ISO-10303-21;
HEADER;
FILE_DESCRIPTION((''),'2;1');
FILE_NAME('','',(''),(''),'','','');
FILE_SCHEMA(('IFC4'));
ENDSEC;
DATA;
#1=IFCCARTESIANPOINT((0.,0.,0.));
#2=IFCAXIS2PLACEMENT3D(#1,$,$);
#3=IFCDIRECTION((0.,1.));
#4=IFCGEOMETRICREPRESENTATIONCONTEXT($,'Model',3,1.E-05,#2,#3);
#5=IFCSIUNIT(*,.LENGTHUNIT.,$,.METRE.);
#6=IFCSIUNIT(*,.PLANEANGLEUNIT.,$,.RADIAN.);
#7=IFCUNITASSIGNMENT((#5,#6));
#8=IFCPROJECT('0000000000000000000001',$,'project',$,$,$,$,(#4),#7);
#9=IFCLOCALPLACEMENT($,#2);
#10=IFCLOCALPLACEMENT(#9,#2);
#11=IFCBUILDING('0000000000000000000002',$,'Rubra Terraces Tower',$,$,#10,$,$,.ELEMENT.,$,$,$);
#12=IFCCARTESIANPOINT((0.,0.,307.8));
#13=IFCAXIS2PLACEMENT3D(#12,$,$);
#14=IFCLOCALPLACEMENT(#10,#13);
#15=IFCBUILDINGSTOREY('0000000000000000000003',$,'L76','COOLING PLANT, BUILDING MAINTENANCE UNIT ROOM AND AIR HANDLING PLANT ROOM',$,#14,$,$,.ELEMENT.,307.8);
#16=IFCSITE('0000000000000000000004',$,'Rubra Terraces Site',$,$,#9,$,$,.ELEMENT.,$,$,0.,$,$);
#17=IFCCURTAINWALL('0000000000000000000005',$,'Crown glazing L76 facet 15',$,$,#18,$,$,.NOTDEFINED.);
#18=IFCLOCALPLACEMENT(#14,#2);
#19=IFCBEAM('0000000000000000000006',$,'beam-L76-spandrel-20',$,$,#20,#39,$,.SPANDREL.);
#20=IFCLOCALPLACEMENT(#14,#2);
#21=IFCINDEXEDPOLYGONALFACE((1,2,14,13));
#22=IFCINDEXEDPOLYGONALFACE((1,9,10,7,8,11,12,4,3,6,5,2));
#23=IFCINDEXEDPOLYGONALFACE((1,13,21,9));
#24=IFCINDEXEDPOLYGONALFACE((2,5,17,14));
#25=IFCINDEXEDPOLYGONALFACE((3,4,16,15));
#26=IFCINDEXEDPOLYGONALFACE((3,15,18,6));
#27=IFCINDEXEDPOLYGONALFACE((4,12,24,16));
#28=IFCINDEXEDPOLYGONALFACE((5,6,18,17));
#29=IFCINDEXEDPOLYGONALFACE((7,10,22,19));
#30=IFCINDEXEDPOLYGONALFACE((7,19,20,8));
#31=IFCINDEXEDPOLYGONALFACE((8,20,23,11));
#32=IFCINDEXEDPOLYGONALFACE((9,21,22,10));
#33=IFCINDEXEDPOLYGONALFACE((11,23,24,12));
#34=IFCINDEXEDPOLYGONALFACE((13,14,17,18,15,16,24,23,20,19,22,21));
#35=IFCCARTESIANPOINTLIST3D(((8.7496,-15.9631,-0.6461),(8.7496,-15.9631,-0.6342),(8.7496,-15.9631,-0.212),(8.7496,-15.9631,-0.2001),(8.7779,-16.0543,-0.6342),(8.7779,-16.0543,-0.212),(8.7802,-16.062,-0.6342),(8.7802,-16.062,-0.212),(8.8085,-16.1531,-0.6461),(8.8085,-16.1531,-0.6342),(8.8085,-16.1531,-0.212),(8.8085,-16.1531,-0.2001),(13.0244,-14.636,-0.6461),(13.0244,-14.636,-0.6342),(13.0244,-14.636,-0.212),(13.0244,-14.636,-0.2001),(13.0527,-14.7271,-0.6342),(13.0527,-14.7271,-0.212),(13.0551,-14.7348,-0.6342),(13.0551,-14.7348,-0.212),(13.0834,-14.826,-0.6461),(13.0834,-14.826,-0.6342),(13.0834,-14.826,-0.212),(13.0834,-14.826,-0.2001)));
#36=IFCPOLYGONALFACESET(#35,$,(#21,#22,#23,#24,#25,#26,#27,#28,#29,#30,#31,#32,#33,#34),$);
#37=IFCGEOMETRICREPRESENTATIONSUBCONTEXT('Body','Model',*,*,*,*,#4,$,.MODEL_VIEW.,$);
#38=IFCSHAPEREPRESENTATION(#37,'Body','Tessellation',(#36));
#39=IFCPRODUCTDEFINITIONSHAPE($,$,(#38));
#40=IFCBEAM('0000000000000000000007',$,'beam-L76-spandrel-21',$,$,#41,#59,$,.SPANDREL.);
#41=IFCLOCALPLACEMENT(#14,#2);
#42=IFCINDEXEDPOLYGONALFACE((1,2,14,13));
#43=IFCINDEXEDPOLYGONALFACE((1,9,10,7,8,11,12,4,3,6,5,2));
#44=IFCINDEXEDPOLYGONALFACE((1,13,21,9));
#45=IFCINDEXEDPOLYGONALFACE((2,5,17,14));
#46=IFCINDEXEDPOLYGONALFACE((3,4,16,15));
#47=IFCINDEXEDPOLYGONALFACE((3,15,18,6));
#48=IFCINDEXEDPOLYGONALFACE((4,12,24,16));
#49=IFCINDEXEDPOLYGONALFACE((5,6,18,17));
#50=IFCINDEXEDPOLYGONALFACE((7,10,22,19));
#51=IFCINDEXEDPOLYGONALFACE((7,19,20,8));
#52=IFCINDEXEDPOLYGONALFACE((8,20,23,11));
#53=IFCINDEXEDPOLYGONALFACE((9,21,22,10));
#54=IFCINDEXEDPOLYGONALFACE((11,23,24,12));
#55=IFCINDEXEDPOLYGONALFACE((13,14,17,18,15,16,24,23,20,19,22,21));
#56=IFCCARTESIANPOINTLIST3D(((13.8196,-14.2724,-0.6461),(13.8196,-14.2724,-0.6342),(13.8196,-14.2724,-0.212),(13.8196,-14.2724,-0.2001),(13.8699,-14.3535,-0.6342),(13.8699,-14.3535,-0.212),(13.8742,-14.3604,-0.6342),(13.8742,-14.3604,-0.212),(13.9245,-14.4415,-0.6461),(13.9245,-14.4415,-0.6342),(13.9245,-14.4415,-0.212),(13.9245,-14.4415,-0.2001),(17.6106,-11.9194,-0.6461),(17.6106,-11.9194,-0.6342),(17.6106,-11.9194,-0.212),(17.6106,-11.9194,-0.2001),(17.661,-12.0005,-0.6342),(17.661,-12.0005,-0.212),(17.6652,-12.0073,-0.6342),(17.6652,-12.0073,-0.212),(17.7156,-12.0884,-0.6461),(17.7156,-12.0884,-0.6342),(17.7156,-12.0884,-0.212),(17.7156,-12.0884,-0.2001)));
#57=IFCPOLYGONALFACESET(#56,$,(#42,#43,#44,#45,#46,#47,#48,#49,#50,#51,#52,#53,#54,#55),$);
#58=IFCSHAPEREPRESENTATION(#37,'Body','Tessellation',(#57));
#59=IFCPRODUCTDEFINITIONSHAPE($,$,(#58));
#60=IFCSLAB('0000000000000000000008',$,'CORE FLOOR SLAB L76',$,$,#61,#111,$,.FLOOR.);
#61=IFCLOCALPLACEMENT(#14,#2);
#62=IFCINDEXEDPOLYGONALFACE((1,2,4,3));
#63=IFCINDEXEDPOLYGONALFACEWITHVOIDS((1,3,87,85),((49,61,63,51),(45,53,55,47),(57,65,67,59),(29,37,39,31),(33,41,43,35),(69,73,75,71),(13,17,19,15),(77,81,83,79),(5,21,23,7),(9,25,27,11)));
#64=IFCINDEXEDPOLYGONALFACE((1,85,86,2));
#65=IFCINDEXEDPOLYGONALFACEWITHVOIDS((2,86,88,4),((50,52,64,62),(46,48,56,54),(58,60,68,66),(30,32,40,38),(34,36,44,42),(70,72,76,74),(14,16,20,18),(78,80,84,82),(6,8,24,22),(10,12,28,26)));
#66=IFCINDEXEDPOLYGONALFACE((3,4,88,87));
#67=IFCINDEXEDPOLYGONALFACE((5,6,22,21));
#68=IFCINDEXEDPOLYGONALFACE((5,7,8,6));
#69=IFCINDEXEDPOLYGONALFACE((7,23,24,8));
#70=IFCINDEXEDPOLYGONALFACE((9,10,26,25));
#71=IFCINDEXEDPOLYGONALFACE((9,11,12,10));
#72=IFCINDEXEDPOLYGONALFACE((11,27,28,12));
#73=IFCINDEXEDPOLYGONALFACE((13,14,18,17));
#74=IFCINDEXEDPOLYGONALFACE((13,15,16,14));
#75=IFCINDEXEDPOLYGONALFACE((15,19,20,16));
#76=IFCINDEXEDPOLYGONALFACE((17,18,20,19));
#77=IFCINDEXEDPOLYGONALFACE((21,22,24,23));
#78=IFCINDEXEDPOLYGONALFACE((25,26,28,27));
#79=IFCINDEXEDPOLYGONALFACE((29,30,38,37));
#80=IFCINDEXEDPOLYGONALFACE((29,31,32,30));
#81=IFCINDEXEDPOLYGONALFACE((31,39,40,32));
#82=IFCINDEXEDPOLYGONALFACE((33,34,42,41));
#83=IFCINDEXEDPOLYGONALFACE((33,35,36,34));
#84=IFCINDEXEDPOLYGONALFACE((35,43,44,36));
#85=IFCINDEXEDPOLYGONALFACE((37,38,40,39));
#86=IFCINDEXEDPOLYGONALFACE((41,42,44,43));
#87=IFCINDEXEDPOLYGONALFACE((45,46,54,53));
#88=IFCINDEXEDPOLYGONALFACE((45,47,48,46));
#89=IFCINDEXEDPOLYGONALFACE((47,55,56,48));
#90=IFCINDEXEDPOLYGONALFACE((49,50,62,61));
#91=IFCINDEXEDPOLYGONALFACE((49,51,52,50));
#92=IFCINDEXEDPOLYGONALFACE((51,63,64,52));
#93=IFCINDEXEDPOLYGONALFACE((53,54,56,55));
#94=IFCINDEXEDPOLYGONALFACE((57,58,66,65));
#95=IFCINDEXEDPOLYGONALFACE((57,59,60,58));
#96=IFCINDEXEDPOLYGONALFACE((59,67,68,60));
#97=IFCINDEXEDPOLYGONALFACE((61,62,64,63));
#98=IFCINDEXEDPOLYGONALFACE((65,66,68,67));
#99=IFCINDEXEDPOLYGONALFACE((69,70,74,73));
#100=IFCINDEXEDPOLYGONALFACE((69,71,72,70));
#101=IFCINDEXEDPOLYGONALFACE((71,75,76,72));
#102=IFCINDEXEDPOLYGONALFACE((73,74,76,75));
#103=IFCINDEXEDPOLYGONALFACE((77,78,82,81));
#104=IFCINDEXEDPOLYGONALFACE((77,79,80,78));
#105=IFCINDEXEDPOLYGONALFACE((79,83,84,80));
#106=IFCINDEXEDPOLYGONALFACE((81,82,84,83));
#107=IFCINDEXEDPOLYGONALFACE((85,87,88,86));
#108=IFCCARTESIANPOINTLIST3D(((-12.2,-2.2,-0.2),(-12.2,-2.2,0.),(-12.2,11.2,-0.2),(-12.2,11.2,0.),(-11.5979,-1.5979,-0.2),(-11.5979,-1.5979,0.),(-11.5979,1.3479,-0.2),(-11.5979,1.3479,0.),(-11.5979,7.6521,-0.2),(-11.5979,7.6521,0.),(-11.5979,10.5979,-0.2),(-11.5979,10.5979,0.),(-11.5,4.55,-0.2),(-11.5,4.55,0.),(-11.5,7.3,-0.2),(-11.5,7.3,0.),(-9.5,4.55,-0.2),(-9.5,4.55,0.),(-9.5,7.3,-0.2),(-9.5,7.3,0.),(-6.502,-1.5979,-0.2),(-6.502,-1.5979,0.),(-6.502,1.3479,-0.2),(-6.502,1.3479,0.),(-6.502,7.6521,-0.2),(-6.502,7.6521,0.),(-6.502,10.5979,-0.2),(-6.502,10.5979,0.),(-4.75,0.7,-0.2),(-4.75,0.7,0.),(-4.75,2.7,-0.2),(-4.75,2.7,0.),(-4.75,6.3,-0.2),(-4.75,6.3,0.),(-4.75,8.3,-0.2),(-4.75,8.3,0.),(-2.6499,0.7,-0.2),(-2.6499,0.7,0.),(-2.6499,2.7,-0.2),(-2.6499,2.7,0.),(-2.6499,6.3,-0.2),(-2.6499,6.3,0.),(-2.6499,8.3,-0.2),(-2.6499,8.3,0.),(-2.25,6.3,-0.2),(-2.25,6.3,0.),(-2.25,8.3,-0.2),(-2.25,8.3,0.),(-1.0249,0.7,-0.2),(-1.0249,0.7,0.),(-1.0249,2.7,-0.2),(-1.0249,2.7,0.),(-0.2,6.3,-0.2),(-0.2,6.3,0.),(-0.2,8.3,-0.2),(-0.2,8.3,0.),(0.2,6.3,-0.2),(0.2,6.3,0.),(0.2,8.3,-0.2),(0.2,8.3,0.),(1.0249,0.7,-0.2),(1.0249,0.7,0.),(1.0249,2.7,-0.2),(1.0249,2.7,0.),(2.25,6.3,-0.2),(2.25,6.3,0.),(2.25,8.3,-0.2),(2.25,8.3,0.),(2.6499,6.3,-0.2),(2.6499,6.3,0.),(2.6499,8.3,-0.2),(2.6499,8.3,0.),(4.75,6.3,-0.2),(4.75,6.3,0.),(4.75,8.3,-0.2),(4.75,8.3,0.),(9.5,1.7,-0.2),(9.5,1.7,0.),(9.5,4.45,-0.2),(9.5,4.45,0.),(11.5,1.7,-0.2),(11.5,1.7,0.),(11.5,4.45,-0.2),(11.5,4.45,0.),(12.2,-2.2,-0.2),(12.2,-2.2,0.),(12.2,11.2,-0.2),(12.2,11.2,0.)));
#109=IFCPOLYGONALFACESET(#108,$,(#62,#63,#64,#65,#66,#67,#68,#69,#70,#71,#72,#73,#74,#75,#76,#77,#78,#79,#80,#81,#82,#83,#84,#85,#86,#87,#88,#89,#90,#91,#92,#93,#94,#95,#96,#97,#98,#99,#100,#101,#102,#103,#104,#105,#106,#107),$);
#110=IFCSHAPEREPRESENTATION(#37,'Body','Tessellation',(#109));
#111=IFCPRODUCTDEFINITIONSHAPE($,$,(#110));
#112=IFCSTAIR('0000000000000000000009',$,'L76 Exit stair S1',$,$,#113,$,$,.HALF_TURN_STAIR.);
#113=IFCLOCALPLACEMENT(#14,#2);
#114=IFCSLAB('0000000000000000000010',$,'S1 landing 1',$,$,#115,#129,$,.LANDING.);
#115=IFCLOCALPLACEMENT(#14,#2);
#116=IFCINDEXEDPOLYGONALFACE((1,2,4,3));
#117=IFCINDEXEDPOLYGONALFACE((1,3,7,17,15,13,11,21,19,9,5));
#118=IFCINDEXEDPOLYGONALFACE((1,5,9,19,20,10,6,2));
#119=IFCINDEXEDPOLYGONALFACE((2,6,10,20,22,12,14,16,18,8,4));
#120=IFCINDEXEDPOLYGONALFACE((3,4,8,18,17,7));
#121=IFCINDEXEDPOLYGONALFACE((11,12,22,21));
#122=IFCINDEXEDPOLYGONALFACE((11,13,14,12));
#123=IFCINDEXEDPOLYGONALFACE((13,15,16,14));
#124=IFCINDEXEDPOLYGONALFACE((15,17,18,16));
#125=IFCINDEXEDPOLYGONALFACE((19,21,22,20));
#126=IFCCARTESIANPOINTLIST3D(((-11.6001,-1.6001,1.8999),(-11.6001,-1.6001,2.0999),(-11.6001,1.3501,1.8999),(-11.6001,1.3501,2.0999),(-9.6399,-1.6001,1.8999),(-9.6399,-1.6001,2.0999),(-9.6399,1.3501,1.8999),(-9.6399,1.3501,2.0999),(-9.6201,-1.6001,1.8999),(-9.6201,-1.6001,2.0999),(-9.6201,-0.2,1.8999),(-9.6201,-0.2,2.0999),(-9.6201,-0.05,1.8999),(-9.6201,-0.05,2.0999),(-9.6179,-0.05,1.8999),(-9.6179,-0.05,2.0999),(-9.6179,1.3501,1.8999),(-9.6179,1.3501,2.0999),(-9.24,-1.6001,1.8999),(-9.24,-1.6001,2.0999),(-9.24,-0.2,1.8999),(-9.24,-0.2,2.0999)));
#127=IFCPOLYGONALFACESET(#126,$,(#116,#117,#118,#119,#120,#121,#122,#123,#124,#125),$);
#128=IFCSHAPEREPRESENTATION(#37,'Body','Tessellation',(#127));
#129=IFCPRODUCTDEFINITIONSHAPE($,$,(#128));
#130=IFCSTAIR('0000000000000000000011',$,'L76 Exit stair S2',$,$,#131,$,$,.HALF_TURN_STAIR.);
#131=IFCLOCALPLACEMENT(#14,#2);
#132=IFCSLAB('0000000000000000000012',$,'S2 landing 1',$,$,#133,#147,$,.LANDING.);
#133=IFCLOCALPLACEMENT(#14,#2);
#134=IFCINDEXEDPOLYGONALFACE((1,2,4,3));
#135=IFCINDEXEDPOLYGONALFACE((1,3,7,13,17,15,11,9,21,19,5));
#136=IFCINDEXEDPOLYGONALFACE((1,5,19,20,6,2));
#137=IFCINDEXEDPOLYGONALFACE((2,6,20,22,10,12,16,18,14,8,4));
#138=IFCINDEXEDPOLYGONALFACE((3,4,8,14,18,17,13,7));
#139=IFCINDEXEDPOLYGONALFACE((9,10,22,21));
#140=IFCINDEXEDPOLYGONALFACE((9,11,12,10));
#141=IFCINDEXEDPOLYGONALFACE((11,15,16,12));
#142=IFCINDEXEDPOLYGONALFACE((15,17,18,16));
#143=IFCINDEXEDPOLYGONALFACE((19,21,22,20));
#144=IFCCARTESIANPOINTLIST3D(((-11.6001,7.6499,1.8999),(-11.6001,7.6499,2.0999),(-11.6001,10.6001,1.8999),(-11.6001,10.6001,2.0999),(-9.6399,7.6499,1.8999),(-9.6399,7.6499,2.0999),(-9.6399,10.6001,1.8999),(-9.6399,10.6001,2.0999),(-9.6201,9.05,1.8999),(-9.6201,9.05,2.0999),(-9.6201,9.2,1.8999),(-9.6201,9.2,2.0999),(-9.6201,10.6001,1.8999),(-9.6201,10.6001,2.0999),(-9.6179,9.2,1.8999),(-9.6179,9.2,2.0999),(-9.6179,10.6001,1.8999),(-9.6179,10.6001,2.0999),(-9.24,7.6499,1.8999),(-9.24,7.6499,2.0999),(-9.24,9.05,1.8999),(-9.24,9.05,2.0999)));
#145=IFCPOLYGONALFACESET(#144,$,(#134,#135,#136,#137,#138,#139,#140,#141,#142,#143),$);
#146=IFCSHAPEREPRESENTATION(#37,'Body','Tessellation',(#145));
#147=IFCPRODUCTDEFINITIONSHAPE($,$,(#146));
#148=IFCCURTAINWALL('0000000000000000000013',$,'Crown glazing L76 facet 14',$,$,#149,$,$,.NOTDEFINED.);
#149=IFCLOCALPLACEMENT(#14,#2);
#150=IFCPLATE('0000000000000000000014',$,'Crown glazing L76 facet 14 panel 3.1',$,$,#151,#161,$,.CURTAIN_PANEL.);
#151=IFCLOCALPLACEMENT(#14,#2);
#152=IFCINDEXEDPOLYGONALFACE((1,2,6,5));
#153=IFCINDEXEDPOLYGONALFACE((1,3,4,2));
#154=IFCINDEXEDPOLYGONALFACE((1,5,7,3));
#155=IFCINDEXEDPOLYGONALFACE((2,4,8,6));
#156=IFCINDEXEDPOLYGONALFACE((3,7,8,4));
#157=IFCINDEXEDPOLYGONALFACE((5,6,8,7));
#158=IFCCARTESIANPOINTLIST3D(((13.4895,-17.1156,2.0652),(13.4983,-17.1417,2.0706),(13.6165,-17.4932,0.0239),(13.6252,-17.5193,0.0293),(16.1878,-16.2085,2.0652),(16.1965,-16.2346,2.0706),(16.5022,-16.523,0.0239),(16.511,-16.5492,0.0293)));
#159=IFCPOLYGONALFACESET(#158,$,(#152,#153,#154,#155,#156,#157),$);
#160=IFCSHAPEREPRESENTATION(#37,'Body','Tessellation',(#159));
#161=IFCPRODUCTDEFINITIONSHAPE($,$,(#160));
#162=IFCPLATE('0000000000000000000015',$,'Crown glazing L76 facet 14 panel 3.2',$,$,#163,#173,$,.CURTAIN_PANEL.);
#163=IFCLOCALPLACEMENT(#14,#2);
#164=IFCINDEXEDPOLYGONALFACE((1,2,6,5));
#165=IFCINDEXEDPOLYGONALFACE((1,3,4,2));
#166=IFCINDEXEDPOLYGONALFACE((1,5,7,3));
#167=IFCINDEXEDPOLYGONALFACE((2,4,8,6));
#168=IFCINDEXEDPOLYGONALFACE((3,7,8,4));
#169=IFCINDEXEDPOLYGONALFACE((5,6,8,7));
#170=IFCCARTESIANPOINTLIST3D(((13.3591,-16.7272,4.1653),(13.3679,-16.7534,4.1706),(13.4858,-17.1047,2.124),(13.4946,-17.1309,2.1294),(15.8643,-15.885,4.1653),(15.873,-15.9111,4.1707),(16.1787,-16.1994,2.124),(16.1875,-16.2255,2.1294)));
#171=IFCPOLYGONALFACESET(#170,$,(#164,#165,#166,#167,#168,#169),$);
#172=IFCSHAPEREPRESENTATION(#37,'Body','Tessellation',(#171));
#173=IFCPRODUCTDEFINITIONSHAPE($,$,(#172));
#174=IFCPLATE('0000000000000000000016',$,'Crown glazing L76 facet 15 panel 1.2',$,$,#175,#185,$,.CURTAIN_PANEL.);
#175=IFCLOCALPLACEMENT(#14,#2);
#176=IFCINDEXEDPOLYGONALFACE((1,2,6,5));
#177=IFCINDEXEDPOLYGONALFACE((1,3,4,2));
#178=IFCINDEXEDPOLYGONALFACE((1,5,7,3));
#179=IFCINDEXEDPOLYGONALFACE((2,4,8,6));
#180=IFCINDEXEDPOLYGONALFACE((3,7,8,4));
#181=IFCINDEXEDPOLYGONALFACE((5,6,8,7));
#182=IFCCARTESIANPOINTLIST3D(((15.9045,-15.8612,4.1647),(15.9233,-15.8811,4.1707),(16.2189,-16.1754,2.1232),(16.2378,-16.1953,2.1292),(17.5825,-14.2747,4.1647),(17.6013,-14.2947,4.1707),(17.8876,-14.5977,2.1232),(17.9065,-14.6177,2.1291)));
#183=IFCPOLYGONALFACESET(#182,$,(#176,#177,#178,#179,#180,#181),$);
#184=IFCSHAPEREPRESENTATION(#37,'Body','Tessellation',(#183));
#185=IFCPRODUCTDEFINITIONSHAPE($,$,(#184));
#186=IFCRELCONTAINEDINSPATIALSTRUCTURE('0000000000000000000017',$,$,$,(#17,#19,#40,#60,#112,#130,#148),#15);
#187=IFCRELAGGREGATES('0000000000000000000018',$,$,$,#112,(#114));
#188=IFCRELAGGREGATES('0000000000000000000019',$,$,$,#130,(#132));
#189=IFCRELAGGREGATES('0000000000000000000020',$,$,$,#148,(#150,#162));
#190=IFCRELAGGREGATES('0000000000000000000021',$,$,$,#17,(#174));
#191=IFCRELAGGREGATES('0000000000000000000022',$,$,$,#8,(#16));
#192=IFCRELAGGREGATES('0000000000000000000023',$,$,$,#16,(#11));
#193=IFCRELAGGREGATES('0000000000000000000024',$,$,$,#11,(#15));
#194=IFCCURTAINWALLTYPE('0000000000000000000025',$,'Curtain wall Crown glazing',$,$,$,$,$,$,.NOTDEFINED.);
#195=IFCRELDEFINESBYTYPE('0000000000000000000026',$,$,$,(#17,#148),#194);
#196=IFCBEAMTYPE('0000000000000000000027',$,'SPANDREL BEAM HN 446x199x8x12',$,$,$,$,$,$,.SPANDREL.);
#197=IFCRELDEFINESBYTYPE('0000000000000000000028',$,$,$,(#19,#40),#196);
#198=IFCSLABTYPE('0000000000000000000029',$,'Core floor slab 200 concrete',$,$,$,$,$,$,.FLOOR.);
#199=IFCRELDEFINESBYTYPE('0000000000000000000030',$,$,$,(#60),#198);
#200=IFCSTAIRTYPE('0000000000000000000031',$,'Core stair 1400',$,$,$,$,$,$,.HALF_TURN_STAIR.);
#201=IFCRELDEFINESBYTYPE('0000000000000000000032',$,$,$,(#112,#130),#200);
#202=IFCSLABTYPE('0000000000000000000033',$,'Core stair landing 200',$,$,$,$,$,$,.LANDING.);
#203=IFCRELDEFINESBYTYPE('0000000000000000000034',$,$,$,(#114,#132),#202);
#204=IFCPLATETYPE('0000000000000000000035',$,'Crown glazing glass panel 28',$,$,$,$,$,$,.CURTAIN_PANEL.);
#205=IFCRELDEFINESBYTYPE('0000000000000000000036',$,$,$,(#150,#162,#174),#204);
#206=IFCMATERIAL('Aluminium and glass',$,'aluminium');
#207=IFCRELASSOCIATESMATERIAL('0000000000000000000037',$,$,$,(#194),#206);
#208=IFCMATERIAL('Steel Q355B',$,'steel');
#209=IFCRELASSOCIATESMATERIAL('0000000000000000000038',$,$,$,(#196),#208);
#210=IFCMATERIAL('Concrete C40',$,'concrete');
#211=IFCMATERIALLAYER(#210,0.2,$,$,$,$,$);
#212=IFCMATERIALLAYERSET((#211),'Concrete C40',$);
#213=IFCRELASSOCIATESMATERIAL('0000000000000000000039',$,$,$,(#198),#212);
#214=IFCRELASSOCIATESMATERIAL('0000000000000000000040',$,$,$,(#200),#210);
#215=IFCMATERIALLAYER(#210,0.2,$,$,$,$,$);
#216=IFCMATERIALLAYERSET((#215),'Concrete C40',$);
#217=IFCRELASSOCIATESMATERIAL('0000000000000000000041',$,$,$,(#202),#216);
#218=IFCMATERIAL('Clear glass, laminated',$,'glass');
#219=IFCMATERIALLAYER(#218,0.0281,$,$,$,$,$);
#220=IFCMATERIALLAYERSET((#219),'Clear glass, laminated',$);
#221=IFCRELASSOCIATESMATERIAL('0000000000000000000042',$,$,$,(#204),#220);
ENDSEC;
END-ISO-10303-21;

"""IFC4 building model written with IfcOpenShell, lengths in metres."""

from ifc_helpers import new_model, si_unit, direction, frame, origin, origin_2d, place, context, subcontext, project, spatial, polyline, i_section, outline, extrude, material, layer, layer_set, material_profile, profile_set, type_object, element, aggregate, save


model = new_model("IFC4")

# Units and contexts
model_context = context("Model", 3, precision=1e-05, world=origin(), true_north=direction((0.0, 1.0)))
body_context = subcontext(model_context, "Body", "Model", "MODEL_VIEW")
ifc_project = project(units=[si_unit("LENGTHUNIT", "METRE"), si_unit("PLANEANGLEUNIT", "RADIAN")], contexts=[model_context])

# Site, building, storey
site_placement = place(None, origin())
site = spatial("IfcSite", under=ifc_project, at=site_placement, Name="Rubra Terraces Site", CompositionType="ELEMENT", RefElevation=0.0)
building_placement = place(site_placement, origin())
building = spatial("IfcBuilding", under=site, at=building_placement, Name="Rubra Terraces Tower", CompositionType="ELEMENT")
storey_placement = place(building_placement, frame((0.0, 0.0, 307.8)))
storey = spatial("IfcBuildingStorey", under=building, at=storey_placement, Name="L76", Description="COOLING PLANT, BUILDING MAINTENANCE UNIT ROOM AND AIR HANDLING PLANT ROOM", CompositionType="ELEMENT", Elevation=307.8)

# Shared definitions
ifc_material_1 = material(Name="Steel Q355B", Category="steel")

# Curtain wall
ifc_material_2 = material(Name="Aluminium and glass", Category="aluminium")
curtain_wall_type = type_object("IfcCurtainWallType", Name="Curtain wall Crown glazing", PredefinedType="NOTDEFINED", material=ifc_material_2)
curtain_wall_1_placement = place(storey_placement, origin())
curtain_wall_1 = element("IfcCurtainWall", 1, at=curtain_wall_1_placement, inside=storey, type_object=curtain_wall_type, Name="Crown glazing L76 facet 15", PredefinedType="NOTDEFINED")

# Beams
ifc_material_profile_1 = material_profile(ifc_material_1, i_section(OverallWidth=0.199, OverallDepth=0.446, WebThickness=0.0081, FlangeThickness=0.012, at=origin_2d()), Name="HN 446x199x8x12")
ifc_profile_set_1 = profile_set([ifc_material_profile_1], Name="Steel Q355B")
beam_type_1 = type_object("IfcBeamType", Name="SPANDREL BEAM HN 446x199x8x12", PredefinedType="SPANDREL", material=ifc_profile_set_1)
beam_1_placement = place(storey_placement, frame((8.7791, -16.0581, -0.4231), z_axis=(0.955035, 0.296492, 0.0), x_axis=(-0.296492, 0.955035, 0.0)))
element("IfcBeam", 2, at=beam_1_placement, inside=storey, type_object=beam_type_1, Name="beam-L76-spandrel-20", PredefinedType="SPANDREL", context=body_context, shape_type="SweptSolid", body=[
    extrude(i_section(OverallWidth=0.199, OverallDepth=0.446, WebThickness=0.0081, FlangeThickness=0.012, at=origin_2d()), origin(), (0.0, 0.0, 1.0), 4.4761),
])
beam_2_placement = place(storey_placement, frame((13.8721, -14.3569, -0.4231), z_axis=(0.849642, 0.52736, 0.0), x_axis=(-0.52736, 0.849642, 0.0)))
element("IfcBeam", 3, at=beam_2_placement, inside=storey, type_object=beam_type_1, Name="beam-L76-spandrel-21", PredefinedType="SPANDREL", context=body_context, shape_type="SweptSolid", body=[
    extrude(i_section(OverallWidth=0.199, OverallDepth=0.446, WebThickness=0.0081, FlangeThickness=0.012, at=origin_2d()), origin(), (0.0, 0.0, 1.0), 4.4619),
])

# Slab
ifc_material_3 = material(Name="Concrete C40", Category="concrete")
ifc_layer_1 = layer(ifc_material_3, 0.2)
ifc_layer_set_1 = layer_set([ifc_layer_1], Name="Concrete C40")
slab_type_1 = type_object("IfcSlabType", Name="Core floor slab 200 concrete", PredefinedType="FLOOR", material=ifc_layer_set_1)
slab_1_placement = place(storey_placement, frame((0.0, 0.0, -0.2)))
element("IfcSlab", 4, at=slab_1_placement, inside=storey, type_object=slab_type_1, Name="CORE FLOOR SLAB L76", PredefinedType="FLOOR", context=body_context, shape_type="SweptSolid", body=[
    extrude(outline(polyline([(-12.2, -2.2), (-12.2, 11.2), (12.2, 11.2), (12.2, -2.2), (-12.2, -2.2)]), holes=[polyline([(9.5, 1.7), (11.5, 1.7), (11.5, 4.45), (9.5, 4.45), (9.5, 1.7)]), polyline([(4.75, 6.3), (4.75, 8.3), (2.6499, 8.3), (2.6499, 6.3), (4.75, 6.3)]), polyline([(2.25, 8.3), (0.2, 8.3), (0.2, 6.3), (2.25, 6.3), (2.25, 8.3)]), polyline([(1.0249, 2.7), (-1.0249, 2.7), (-1.0249, 0.7), (1.0249, 0.7), (1.0249, 2.7)]), polyline([(-0.2, 8.3), (-2.25, 8.3), (-2.25, 6.3), (-0.2, 6.3), (-0.2, 8.3)]), polyline([(-4.75, 8.3), (-4.75, 6.3), (-2.6499, 6.3), (-2.6499, 8.3), (-4.75, 8.3)]), polyline([(-2.6499, 2.7), (-4.75, 2.7), (-4.75, 0.7), (-2.6499, 0.7), (-2.6499, 2.7)]), polyline([(-11.5979, -1.5979), (-6.502, -1.5979), (-6.502, 1.3479), (-11.5979, 1.3479), (-11.5979, -1.5979)]), polyline([(-11.5979, 10.5979), (-11.5979, 7.6521), (-6.502, 7.6521), (-6.502, 10.5979), (-11.5979, 10.5979)]), polyline([(-9.5, 4.55), (-9.5, 7.3), (-11.5, 7.3), (-11.5, 4.55), (-9.5, 4.55)])]), origin(), (0.0, 0.0, 1.0), 0.2),
])

# Stairs, slabs
stair_type = type_object("IfcStairType", Name="Core stair 1400", PredefinedType="HALF_TURN_STAIR", material=ifc_material_3)
stair_1_placement = place(storey_placement, origin())
stair_1 = element("IfcStair", 5, at=stair_1_placement, inside=storey, type_object=stair_type, Name="L76 Exit stair S1", PredefinedType="HALF_TURN_STAIR")
ifc_layer_2 = layer(ifc_material_3, 0.2)
ifc_layer_set_2 = layer_set([ifc_layer_2], Name="Concrete C40")
slab_type_2 = type_object("IfcSlabType", Name="Core stair landing 200", PredefinedType="LANDING", material=ifc_layer_set_2)
slab_2_placement = place(storey_placement, frame((0.0, 0.0, 1.8999)))
slab_2 = element("IfcSlab", 6, at=slab_2_placement, type_object=slab_type_2, Name="S1 landing 1", PredefinedType="LANDING", context=body_context, shape_type="SweptSolid", body=[
    extrude(outline(polyline([(-9.24, -0.2), (-9.24, -1.6001), (-9.6201, -1.6001), (-9.6399, -1.6001), (-11.6001, -1.6001), (-11.6001, 1.3501), (-9.6399, 1.3501), (-9.6179, 1.3501), (-9.6179, -0.05), (-9.6201, -0.05), (-9.6201, -0.2), (-9.24, -0.2)])), origin(), (0.0, 0.0, 1.0), 0.2),
])
aggregate(stair_1, [slab_2])
stair_2_placement = place(storey_placement, origin())
stair_2 = element("IfcStair", 7, at=stair_2_placement, inside=storey, type_object=stair_type, Name="L76 Exit stair S2", PredefinedType="HALF_TURN_STAIR")
slab_3_placement = place(storey_placement, frame((0.0, 0.0, 1.8999)))
slab_3 = element("IfcSlab", 8, at=slab_3_placement, type_object=slab_type_2, Name="S2 landing 1", PredefinedType="LANDING", context=body_context, shape_type="SweptSolid", body=[
    extrude(outline(polyline([(-9.24, 9.05), (-9.24, 7.6499), (-9.6399, 7.6499), (-11.6001, 7.6499), (-11.6001, 10.6001), (-9.6399, 10.6001), (-9.6201, 10.6001), (-9.6179, 10.6001), (-9.6179, 9.2), (-9.6201, 9.2), (-9.6201, 9.05), (-9.24, 9.05)])), origin(), (0.0, 0.0, 1.0), 0.2),
])
aggregate(stair_2, [slab_3])

# Curtain wall, plates
curtain_wall_2_placement = place(storey_placement, origin())
curtain_wall_2 = element("IfcCurtainWall", 9, at=curtain_wall_2_placement, inside=storey, type_object=curtain_wall_type, Name="Crown glazing L76 facet 14", PredefinedType="NOTDEFINED")
ifc_material_4 = material(Name="Clear glass, laminated", Category="glass")
ifc_layer_3 = layer(ifc_material_4, 0.0281)
ifc_layer_set_3 = layer_set([ifc_layer_3], Name="Clear glass, laminated")
plate_type = type_object("IfcPlateType", Name="Crown glazing glass panel 28", PredefinedType="CURTAIN_PANEL", material=ifc_layer_set_3)
plate_1_placement = place(storey_placement, frame((13.6252, -17.5193, 0.0293), z_axis=(0.312751, -0.930322, 0.191539), x_axis=(0.947872, 0.318652, 0.000006)))
plate_1 = element("IfcPlate", 10, at=plate_1_placement, type_object=plate_type, Name="Crown glazing L76 facet 14 panel 3.1", PredefinedType="CURTAIN_PANEL", context=body_context, shape_type="SweptSolid", body=[
    extrude(outline(polyline([(0.0, 0.0), (3.0445, 0.0), (2.8466, 2.0797), (0.0, 2.0798), (0.0, 0.0)])), origin(), (0.0, 0.0, -1.0), 0.0281),
])
plate_2_placement = place(storey_placement, frame((13.4946, -17.1309, 2.1294), z_axis=(0.312775, -0.930329, 0.191468), x_axis=(0.947866, 0.31867, -0.000004)))
plate_2 = element("IfcPlate", 11, at=plate_2_placement, type_object=plate_type, Name="Crown glazing L76 facet 14 panel 3.2", PredefinedType="CURTAIN_PANEL", context=body_context, shape_type="SweptSolid", body=[
    extrude(outline(polyline([(0.0, 0.0), (2.841, 0.0), (2.6431, 2.0797), (0.0002, 2.0797), (0.0, 0.0)])), origin(), (0.0, 0.0, -1.0), 0.0281),
])
aggregate(curtain_wall_2, [plate_1, plate_2])

# Plate
plate_3_placement = place(storey_placement, frame((16.2378, -16.1953, 2.1292), z_axis=(0.671286, -0.71003, 0.212682), x_axis=(0.726654, 0.687003, -0.000001)))
plate_3 = element("IfcPlate", 12, at=plate_3_placement, type_object=plate_type, Name="Crown glazing L76 facet 15 panel 1.2", PredefinedType="CURTAIN_PANEL", context=body_context, shape_type="SweptSolid", body=[
    extrude(outline(polyline([(0.0, 0.0), (2.2964, 0.0), (2.2966, 2.0893), (-0.0126, 2.0893), (0.0, 0.0)])), origin(), (0.0, 0.0, -1.0), 0.0281),
])
aggregate(curtain_wall_1, [plate_3])

save(model, "model.ifc")
